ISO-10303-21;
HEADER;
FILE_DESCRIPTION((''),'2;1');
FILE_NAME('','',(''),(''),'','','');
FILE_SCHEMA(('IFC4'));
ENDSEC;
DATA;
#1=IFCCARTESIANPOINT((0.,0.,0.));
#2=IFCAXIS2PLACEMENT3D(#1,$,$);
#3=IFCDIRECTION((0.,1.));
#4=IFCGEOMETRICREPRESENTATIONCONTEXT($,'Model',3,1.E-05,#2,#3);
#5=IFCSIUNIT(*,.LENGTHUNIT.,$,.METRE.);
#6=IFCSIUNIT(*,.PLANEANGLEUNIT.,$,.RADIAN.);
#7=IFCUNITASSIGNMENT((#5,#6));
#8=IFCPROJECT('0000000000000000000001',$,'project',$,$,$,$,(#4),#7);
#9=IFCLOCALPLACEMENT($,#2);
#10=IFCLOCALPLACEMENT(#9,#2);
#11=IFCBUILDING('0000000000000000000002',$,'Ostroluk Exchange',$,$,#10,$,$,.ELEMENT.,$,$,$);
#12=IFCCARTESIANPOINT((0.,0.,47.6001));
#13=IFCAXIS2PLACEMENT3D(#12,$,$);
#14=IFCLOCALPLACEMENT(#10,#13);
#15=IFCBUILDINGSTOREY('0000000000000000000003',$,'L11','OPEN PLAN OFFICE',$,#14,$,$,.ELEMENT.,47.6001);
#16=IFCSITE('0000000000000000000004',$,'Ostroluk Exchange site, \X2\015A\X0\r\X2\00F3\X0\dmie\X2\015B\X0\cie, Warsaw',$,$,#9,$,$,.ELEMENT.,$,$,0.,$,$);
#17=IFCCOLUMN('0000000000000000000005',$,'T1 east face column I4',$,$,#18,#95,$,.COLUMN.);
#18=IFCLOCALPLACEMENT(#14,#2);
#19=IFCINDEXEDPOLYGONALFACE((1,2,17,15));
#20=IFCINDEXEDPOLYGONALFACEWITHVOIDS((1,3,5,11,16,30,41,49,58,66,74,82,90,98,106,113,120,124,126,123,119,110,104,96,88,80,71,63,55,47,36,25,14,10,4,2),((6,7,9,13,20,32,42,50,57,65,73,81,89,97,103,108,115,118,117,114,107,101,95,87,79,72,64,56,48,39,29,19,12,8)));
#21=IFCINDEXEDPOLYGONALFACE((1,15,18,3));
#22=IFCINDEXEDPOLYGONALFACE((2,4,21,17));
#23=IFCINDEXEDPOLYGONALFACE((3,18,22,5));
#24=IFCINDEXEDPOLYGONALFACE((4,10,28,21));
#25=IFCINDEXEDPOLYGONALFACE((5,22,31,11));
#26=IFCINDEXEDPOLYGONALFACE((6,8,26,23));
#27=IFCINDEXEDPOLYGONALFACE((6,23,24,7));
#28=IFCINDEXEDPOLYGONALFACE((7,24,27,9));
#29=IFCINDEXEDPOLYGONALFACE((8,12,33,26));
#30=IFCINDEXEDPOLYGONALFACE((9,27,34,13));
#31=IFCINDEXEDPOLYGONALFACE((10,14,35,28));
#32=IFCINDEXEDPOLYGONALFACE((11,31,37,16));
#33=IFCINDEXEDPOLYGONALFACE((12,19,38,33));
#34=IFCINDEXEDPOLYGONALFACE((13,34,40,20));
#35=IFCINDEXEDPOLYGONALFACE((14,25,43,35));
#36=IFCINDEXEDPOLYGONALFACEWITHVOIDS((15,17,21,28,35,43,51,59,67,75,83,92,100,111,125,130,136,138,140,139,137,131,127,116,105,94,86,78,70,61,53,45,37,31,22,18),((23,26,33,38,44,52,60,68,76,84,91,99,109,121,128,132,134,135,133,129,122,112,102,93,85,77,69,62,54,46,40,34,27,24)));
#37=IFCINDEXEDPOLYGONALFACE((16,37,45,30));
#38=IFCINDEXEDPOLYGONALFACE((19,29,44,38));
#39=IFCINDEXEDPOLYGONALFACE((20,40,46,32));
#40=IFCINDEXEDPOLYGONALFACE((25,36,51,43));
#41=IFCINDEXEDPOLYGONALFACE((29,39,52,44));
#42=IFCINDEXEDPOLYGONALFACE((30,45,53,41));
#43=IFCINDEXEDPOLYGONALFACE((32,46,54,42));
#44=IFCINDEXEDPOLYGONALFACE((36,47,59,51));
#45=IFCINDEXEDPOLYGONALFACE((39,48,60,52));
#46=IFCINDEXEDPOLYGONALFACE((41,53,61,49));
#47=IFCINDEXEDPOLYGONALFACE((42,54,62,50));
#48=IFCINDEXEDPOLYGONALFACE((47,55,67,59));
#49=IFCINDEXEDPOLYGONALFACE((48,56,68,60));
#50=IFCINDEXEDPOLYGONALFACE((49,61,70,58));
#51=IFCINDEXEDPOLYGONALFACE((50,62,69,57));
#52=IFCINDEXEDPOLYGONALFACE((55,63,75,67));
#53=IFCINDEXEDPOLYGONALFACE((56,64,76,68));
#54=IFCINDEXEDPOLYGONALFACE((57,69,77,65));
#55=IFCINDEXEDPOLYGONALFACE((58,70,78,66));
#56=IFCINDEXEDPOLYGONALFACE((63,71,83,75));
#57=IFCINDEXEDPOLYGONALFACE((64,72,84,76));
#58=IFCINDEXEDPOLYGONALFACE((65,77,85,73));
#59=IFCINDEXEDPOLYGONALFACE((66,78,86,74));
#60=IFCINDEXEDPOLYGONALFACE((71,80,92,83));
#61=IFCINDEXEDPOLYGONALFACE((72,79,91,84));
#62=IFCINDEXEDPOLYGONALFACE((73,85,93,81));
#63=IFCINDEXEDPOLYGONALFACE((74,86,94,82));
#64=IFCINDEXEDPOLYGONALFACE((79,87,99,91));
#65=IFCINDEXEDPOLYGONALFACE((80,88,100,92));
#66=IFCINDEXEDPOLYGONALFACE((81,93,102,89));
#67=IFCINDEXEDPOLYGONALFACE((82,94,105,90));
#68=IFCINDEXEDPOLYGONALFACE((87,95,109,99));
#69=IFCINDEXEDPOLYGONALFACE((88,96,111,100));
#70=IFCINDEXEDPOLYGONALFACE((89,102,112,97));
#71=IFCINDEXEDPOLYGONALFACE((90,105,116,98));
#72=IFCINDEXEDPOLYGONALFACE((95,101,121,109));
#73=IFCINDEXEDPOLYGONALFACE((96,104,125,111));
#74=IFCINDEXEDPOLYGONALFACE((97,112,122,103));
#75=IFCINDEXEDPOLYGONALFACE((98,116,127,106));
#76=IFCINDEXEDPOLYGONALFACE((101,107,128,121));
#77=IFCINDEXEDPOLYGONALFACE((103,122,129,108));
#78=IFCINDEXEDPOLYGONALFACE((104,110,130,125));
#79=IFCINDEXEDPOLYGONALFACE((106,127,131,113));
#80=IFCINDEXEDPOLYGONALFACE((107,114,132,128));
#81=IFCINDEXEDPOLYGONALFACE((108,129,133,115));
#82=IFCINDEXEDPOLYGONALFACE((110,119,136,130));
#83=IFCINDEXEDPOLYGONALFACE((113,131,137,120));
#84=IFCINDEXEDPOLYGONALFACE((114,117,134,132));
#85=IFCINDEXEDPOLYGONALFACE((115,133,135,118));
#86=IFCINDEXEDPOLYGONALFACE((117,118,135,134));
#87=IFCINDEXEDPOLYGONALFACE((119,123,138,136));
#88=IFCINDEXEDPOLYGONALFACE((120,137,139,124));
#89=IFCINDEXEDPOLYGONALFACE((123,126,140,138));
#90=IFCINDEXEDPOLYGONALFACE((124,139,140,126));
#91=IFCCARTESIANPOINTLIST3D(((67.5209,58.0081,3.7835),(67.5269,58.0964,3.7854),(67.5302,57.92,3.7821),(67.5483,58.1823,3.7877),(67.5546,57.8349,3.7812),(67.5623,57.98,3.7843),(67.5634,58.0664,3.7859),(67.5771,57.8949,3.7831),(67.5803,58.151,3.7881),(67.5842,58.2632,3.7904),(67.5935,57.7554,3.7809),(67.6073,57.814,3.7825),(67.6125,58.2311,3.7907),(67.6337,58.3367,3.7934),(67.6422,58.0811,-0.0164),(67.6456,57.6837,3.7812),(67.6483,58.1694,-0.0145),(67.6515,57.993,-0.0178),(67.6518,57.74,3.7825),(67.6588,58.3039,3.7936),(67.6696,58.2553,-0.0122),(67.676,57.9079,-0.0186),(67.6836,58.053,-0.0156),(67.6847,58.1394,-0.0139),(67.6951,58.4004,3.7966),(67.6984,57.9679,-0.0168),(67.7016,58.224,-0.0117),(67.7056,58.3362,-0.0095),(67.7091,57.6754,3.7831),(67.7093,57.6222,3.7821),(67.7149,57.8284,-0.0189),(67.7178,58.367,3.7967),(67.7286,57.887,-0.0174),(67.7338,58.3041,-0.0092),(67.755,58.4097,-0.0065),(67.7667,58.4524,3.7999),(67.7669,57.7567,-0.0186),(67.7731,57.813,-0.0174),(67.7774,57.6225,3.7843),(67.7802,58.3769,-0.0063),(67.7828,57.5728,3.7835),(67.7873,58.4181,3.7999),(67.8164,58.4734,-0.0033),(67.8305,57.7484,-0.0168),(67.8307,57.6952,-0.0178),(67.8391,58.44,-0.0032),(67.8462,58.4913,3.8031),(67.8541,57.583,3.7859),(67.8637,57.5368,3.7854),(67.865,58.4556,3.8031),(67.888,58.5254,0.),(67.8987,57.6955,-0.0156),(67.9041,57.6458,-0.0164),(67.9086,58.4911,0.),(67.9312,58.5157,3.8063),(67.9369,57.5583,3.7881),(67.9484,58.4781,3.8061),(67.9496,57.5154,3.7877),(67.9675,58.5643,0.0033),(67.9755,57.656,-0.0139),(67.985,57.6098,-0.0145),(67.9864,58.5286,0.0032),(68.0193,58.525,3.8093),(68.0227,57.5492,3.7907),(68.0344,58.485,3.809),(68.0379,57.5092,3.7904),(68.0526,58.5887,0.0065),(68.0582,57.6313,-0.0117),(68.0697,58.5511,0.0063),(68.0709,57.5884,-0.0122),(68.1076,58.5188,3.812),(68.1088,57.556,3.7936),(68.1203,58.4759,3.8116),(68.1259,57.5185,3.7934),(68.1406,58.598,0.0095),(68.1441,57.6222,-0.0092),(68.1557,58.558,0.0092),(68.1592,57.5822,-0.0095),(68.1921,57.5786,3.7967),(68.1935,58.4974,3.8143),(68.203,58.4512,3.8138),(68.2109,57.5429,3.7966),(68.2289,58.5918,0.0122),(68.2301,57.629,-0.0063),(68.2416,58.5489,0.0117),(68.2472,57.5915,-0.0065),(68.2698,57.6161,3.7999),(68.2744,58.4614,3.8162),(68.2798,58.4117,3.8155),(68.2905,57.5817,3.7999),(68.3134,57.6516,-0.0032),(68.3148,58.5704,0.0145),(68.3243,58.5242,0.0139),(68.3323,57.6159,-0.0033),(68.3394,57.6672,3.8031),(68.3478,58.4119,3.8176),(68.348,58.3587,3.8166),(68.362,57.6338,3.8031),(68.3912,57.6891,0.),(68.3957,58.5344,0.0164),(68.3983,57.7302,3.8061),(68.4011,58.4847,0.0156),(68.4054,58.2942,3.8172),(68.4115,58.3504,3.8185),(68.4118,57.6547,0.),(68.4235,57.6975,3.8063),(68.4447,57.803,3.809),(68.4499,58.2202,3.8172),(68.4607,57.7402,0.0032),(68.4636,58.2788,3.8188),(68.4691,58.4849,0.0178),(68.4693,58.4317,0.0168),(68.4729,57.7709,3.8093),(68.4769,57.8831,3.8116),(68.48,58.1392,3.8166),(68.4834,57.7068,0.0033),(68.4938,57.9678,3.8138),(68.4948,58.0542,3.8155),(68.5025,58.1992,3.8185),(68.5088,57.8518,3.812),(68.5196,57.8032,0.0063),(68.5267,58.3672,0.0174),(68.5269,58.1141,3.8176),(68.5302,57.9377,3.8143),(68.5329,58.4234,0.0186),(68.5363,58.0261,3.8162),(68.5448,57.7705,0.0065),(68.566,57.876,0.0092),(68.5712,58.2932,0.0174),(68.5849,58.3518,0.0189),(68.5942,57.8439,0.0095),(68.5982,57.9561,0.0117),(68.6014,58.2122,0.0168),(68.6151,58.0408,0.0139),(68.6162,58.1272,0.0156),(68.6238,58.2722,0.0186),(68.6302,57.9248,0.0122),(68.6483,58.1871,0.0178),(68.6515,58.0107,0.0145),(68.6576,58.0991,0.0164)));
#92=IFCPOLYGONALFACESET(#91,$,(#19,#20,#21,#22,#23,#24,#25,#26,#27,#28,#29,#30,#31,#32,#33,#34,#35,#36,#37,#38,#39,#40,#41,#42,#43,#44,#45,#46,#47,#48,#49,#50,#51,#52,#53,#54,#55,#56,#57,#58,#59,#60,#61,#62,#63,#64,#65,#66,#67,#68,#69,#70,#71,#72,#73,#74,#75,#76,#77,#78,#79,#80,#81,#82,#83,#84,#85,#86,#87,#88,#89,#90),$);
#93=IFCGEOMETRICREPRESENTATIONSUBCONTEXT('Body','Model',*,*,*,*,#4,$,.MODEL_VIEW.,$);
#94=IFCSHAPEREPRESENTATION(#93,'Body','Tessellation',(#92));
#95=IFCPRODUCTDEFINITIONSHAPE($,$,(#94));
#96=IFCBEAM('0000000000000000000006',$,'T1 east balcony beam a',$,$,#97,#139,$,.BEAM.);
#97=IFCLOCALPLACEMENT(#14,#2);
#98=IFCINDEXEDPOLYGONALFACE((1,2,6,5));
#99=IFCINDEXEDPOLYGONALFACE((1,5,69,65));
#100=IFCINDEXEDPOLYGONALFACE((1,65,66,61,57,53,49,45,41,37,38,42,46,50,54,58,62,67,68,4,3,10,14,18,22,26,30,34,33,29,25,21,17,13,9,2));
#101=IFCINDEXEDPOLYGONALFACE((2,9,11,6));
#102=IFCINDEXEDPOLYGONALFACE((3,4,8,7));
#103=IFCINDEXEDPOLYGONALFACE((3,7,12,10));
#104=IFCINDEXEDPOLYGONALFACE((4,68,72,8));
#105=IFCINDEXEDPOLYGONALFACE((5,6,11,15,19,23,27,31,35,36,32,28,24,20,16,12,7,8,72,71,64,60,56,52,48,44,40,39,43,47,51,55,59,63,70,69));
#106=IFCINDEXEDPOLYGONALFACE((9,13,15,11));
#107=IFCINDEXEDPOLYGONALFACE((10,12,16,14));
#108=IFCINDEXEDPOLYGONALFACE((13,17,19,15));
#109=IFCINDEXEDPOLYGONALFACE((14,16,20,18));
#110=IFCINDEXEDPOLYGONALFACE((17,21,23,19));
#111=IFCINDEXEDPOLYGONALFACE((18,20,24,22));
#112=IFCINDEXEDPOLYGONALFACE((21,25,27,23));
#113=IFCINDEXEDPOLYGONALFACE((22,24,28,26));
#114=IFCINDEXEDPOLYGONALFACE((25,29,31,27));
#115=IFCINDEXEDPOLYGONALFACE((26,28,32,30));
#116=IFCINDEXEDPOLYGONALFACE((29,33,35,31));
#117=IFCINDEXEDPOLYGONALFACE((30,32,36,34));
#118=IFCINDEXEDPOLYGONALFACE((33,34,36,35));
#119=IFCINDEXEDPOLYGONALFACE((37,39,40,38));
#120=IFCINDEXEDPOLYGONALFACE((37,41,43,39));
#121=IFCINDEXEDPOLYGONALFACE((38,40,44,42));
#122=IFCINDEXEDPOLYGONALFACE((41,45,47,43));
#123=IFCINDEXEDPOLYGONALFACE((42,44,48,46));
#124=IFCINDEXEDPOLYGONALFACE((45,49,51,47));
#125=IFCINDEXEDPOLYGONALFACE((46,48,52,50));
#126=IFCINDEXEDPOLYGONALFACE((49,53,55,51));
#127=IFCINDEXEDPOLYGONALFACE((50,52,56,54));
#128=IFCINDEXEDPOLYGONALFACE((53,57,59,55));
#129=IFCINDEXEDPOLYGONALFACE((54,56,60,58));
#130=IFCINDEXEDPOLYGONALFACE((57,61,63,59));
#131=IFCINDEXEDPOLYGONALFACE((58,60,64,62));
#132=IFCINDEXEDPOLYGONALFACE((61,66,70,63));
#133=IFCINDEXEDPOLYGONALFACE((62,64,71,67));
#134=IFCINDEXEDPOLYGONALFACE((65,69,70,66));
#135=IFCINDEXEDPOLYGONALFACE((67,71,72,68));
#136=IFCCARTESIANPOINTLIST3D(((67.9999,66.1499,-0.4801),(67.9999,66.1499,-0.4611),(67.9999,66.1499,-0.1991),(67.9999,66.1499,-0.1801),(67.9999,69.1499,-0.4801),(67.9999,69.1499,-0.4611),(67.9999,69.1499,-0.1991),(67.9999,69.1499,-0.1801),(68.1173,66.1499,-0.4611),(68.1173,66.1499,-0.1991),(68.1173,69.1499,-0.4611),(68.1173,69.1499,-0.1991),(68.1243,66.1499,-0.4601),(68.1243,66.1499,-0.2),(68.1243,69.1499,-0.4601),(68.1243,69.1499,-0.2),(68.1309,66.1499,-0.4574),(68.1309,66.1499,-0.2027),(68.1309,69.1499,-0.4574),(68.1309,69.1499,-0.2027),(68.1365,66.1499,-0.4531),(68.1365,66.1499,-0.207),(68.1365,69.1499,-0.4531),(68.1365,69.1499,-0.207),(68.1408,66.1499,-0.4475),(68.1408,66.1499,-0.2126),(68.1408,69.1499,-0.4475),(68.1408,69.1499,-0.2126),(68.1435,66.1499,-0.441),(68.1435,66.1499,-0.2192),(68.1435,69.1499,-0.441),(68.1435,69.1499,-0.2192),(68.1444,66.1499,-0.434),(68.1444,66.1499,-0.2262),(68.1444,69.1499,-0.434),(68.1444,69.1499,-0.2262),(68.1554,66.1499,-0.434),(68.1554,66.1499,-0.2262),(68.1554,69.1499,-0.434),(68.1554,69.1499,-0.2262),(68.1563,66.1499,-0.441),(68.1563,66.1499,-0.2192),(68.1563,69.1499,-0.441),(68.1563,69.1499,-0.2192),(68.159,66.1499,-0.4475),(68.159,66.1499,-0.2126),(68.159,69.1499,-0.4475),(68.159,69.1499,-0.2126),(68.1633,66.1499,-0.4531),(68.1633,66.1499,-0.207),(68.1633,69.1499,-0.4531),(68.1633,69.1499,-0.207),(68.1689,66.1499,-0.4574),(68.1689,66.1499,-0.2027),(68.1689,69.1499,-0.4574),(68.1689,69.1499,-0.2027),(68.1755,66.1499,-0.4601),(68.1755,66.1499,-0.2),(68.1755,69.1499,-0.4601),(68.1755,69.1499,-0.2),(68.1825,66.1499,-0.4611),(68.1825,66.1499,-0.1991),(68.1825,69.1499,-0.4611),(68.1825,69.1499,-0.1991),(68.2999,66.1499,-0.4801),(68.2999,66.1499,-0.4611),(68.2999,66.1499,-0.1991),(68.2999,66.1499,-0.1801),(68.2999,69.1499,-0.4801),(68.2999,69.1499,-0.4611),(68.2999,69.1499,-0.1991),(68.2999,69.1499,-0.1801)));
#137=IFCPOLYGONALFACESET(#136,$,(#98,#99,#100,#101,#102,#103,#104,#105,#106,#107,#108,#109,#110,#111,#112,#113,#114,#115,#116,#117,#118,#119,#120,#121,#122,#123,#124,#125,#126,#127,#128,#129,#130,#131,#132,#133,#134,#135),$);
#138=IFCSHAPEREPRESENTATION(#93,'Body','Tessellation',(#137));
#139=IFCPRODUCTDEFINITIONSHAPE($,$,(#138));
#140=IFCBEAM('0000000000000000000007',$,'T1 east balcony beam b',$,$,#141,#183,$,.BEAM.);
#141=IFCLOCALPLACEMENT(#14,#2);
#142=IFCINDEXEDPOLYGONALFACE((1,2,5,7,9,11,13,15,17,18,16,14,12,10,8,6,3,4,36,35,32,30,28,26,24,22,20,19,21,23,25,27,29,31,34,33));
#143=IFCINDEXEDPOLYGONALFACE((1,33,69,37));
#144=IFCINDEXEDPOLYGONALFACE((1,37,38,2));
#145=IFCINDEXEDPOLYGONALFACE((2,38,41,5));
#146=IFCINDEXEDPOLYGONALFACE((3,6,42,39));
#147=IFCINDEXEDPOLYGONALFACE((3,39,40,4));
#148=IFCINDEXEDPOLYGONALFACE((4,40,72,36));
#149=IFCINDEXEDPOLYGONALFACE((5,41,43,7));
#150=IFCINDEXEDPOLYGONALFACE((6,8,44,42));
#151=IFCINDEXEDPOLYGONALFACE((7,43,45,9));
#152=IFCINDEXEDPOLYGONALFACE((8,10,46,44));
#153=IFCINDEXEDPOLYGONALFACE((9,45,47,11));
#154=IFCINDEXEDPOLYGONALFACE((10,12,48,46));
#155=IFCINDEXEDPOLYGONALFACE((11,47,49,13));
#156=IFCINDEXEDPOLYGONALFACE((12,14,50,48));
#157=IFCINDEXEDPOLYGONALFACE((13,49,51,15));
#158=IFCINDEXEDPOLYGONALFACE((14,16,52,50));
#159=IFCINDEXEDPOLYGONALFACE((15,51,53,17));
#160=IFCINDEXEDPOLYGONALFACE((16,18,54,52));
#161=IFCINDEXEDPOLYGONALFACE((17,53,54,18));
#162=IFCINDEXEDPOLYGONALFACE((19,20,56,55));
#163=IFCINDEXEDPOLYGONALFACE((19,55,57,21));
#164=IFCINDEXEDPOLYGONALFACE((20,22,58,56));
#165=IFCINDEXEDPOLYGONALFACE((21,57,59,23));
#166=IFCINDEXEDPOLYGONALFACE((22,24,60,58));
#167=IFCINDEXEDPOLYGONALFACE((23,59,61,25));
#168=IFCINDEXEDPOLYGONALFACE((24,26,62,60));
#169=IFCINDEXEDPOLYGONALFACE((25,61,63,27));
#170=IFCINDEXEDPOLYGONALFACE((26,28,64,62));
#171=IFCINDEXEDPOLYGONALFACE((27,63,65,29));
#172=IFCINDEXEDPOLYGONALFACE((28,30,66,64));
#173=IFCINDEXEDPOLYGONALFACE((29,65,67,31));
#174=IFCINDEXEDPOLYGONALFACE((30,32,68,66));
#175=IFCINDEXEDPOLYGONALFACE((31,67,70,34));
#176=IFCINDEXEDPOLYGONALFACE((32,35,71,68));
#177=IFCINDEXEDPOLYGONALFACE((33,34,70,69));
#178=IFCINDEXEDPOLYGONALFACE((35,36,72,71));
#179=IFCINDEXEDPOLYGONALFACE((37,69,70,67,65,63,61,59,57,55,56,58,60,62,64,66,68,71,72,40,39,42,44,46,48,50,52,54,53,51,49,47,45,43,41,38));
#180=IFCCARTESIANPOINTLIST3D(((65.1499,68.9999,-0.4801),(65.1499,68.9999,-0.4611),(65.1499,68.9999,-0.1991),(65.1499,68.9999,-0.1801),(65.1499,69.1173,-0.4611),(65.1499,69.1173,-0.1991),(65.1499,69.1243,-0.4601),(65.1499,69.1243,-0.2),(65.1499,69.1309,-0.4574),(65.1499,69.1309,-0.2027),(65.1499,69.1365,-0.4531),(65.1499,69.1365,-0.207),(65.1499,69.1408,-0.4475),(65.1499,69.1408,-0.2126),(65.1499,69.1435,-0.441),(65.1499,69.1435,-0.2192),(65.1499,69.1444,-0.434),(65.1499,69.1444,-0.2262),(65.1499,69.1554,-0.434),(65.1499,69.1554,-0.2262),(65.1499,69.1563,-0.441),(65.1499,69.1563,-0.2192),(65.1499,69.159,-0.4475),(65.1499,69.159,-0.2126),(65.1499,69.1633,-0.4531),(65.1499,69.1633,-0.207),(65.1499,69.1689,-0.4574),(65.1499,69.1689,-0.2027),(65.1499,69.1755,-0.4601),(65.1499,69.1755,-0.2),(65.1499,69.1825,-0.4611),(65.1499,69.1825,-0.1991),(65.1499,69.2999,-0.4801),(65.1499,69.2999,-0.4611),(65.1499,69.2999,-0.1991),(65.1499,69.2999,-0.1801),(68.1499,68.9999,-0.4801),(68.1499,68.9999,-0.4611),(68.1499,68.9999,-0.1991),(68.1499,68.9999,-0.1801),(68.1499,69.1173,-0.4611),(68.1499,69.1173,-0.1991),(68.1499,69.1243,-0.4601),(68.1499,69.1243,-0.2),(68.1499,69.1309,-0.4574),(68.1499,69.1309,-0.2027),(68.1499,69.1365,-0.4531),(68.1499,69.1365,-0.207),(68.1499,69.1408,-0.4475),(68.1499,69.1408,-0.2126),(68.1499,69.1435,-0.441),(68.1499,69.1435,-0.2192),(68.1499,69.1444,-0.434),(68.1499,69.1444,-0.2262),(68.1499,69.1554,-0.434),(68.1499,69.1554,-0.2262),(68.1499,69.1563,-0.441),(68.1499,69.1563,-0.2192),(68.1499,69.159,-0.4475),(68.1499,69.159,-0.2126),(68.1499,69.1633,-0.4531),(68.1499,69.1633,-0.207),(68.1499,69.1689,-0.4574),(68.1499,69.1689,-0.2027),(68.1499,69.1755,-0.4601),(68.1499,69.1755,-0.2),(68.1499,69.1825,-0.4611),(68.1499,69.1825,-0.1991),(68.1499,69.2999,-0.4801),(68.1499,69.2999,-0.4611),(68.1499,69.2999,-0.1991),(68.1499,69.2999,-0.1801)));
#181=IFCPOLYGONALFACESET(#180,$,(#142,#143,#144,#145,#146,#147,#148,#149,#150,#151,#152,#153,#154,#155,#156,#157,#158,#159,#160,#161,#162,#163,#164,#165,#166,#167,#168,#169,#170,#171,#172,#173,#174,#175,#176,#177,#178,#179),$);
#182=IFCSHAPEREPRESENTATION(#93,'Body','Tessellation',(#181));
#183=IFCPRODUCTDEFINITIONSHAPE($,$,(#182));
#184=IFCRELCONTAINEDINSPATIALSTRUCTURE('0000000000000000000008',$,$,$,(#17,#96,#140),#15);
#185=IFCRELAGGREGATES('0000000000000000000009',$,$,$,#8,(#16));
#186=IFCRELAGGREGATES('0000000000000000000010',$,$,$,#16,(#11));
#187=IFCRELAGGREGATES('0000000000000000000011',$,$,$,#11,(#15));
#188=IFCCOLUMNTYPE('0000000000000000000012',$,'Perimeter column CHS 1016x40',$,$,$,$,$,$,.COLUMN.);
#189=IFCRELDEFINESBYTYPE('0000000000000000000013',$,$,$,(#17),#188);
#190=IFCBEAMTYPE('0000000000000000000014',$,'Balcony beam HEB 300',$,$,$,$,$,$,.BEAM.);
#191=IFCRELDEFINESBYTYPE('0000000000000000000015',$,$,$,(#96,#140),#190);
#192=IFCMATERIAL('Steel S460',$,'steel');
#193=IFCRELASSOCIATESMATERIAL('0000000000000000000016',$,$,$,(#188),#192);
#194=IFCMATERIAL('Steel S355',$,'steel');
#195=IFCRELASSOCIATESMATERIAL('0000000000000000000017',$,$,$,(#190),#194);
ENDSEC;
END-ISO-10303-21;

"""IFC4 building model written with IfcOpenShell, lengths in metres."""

from ifc_helpers import new_model, si_unit, direction, frame, origin, origin_2d, place, context, subcontext, project, spatial, hollow_circle, i_section, extrude, material, material_profile, profile_set, type_object, element, save


model = new_model("IFC4")

# Units and contexts
model_context = context("Model", 3, precision=1e-05, world=origin(), true_north=direction((0.0, 1.0)))
body_context = subcontext(model_context, "Body", "Model", "MODEL_VIEW")
ifc_project = project(units=[si_unit("LENGTHUNIT", "METRE"), si_unit("PLANEANGLEUNIT", "RADIAN")], contexts=[model_context])

# Site, building, storey
site_placement = place(None, origin())
site = spatial("IfcSite", under=ifc_project, at=site_placement, Name="Ostroluk Exchange site, Śródmieście, Warsaw", CompositionType="ELEMENT", RefElevation=0.0)
building_placement = place(site_placement, origin())
building = spatial("IfcBuilding", under=site, at=building_placement, Name="Ostroluk Exchange", CompositionType="ELEMENT")
storey_placement = place(building_placement, frame((0.0, 0.0, 47.6001)))
storey = spatial("IfcBuildingStorey", under=building, at=storey_placement, Name="L11", Description="OPEN PLAN OFFICE", CompositionType="ELEMENT", Elevation=47.6001)

# Column
ifc_material_1 = material(Name="Steel S460", Category="steel")
ifc_material_profile_1 = material_profile(ifc_material_1, hollow_circle(Radius=0.5081, WallThickness=0.04, at=origin_2d()), Name="CHS 1016x40")
ifc_profile_set_1 = profile_set([ifc_material_profile_1], Name="Steel S460")
column_type = type_object("IfcColumnType", Name="Perimeter column CHS 1016x40", PredefinedType="COLUMN", material=ifc_profile_set_1)
column_1_placement = place(storey_placement, frame((68.1499, 58.0901, 0.0), z_axis=(-0.031911, -0.019198, 0.999306), x_axis=(0.51551, -0.856884, 0.0)))
element("IfcColumn", 1, at=column_1_placement, inside=storey, type_object=column_type, Name="T1 east face column I4", PredefinedType="COLUMN", context=body_context, shape_type="SweptSolid", body=[
    extrude(hollow_circle(Radius=0.5081, WallThickness=0.04, at=origin_2d()), origin(), (0.0, 0.0, 1.0), 3.8025),
])

# Beams
ifc_material_2 = material(Name="Steel S355", Category="steel")
ifc_material_profile_2 = material_profile(ifc_material_2, i_section(OverallWidth=0.3, OverallDepth=0.3, WebThickness=0.011, FlangeThickness=0.019, FilletRadius=0.0271, at=origin_2d()), Name="HEB 300")
ifc_profile_set_2 = profile_set([ifc_material_profile_2], Name="Steel S355")
beam_type_1 = type_object("IfcBeamType", Name="Balcony beam HEB 300", PredefinedType="BEAM", material=ifc_profile_set_2)
for number, where, z_axis, x_axis, name in (
    (2, (68.1499, 66.1499, -0.3301), (0.0, 1.0, 0.0), (-1.0, 0.0, 0.0), "T1 east balcony beam a"),
    (3, (65.1499, 69.1499, -0.3301), (1.0, 0.0, 0.0), (0.0, 1.0, 0.0), "T1 east balcony beam b"),
):
    element("IfcBeam", number, at=place(storey_placement, frame(where, z_axis=z_axis, x_axis=x_axis)), inside=storey, type_object=beam_type_1, Name=name, PredefinedType="BEAM", context=body_context, shape_type="SweptSolid", body=[
        extrude(i_section(OverallWidth=0.3, OverallDepth=0.3, WebThickness=0.011, FlangeThickness=0.019, FilletRadius=0.0271, at=origin_2d()), origin(), (0.0, 0.0, 1.0), 3.0),
    ])

save(model, "model.ifc")
